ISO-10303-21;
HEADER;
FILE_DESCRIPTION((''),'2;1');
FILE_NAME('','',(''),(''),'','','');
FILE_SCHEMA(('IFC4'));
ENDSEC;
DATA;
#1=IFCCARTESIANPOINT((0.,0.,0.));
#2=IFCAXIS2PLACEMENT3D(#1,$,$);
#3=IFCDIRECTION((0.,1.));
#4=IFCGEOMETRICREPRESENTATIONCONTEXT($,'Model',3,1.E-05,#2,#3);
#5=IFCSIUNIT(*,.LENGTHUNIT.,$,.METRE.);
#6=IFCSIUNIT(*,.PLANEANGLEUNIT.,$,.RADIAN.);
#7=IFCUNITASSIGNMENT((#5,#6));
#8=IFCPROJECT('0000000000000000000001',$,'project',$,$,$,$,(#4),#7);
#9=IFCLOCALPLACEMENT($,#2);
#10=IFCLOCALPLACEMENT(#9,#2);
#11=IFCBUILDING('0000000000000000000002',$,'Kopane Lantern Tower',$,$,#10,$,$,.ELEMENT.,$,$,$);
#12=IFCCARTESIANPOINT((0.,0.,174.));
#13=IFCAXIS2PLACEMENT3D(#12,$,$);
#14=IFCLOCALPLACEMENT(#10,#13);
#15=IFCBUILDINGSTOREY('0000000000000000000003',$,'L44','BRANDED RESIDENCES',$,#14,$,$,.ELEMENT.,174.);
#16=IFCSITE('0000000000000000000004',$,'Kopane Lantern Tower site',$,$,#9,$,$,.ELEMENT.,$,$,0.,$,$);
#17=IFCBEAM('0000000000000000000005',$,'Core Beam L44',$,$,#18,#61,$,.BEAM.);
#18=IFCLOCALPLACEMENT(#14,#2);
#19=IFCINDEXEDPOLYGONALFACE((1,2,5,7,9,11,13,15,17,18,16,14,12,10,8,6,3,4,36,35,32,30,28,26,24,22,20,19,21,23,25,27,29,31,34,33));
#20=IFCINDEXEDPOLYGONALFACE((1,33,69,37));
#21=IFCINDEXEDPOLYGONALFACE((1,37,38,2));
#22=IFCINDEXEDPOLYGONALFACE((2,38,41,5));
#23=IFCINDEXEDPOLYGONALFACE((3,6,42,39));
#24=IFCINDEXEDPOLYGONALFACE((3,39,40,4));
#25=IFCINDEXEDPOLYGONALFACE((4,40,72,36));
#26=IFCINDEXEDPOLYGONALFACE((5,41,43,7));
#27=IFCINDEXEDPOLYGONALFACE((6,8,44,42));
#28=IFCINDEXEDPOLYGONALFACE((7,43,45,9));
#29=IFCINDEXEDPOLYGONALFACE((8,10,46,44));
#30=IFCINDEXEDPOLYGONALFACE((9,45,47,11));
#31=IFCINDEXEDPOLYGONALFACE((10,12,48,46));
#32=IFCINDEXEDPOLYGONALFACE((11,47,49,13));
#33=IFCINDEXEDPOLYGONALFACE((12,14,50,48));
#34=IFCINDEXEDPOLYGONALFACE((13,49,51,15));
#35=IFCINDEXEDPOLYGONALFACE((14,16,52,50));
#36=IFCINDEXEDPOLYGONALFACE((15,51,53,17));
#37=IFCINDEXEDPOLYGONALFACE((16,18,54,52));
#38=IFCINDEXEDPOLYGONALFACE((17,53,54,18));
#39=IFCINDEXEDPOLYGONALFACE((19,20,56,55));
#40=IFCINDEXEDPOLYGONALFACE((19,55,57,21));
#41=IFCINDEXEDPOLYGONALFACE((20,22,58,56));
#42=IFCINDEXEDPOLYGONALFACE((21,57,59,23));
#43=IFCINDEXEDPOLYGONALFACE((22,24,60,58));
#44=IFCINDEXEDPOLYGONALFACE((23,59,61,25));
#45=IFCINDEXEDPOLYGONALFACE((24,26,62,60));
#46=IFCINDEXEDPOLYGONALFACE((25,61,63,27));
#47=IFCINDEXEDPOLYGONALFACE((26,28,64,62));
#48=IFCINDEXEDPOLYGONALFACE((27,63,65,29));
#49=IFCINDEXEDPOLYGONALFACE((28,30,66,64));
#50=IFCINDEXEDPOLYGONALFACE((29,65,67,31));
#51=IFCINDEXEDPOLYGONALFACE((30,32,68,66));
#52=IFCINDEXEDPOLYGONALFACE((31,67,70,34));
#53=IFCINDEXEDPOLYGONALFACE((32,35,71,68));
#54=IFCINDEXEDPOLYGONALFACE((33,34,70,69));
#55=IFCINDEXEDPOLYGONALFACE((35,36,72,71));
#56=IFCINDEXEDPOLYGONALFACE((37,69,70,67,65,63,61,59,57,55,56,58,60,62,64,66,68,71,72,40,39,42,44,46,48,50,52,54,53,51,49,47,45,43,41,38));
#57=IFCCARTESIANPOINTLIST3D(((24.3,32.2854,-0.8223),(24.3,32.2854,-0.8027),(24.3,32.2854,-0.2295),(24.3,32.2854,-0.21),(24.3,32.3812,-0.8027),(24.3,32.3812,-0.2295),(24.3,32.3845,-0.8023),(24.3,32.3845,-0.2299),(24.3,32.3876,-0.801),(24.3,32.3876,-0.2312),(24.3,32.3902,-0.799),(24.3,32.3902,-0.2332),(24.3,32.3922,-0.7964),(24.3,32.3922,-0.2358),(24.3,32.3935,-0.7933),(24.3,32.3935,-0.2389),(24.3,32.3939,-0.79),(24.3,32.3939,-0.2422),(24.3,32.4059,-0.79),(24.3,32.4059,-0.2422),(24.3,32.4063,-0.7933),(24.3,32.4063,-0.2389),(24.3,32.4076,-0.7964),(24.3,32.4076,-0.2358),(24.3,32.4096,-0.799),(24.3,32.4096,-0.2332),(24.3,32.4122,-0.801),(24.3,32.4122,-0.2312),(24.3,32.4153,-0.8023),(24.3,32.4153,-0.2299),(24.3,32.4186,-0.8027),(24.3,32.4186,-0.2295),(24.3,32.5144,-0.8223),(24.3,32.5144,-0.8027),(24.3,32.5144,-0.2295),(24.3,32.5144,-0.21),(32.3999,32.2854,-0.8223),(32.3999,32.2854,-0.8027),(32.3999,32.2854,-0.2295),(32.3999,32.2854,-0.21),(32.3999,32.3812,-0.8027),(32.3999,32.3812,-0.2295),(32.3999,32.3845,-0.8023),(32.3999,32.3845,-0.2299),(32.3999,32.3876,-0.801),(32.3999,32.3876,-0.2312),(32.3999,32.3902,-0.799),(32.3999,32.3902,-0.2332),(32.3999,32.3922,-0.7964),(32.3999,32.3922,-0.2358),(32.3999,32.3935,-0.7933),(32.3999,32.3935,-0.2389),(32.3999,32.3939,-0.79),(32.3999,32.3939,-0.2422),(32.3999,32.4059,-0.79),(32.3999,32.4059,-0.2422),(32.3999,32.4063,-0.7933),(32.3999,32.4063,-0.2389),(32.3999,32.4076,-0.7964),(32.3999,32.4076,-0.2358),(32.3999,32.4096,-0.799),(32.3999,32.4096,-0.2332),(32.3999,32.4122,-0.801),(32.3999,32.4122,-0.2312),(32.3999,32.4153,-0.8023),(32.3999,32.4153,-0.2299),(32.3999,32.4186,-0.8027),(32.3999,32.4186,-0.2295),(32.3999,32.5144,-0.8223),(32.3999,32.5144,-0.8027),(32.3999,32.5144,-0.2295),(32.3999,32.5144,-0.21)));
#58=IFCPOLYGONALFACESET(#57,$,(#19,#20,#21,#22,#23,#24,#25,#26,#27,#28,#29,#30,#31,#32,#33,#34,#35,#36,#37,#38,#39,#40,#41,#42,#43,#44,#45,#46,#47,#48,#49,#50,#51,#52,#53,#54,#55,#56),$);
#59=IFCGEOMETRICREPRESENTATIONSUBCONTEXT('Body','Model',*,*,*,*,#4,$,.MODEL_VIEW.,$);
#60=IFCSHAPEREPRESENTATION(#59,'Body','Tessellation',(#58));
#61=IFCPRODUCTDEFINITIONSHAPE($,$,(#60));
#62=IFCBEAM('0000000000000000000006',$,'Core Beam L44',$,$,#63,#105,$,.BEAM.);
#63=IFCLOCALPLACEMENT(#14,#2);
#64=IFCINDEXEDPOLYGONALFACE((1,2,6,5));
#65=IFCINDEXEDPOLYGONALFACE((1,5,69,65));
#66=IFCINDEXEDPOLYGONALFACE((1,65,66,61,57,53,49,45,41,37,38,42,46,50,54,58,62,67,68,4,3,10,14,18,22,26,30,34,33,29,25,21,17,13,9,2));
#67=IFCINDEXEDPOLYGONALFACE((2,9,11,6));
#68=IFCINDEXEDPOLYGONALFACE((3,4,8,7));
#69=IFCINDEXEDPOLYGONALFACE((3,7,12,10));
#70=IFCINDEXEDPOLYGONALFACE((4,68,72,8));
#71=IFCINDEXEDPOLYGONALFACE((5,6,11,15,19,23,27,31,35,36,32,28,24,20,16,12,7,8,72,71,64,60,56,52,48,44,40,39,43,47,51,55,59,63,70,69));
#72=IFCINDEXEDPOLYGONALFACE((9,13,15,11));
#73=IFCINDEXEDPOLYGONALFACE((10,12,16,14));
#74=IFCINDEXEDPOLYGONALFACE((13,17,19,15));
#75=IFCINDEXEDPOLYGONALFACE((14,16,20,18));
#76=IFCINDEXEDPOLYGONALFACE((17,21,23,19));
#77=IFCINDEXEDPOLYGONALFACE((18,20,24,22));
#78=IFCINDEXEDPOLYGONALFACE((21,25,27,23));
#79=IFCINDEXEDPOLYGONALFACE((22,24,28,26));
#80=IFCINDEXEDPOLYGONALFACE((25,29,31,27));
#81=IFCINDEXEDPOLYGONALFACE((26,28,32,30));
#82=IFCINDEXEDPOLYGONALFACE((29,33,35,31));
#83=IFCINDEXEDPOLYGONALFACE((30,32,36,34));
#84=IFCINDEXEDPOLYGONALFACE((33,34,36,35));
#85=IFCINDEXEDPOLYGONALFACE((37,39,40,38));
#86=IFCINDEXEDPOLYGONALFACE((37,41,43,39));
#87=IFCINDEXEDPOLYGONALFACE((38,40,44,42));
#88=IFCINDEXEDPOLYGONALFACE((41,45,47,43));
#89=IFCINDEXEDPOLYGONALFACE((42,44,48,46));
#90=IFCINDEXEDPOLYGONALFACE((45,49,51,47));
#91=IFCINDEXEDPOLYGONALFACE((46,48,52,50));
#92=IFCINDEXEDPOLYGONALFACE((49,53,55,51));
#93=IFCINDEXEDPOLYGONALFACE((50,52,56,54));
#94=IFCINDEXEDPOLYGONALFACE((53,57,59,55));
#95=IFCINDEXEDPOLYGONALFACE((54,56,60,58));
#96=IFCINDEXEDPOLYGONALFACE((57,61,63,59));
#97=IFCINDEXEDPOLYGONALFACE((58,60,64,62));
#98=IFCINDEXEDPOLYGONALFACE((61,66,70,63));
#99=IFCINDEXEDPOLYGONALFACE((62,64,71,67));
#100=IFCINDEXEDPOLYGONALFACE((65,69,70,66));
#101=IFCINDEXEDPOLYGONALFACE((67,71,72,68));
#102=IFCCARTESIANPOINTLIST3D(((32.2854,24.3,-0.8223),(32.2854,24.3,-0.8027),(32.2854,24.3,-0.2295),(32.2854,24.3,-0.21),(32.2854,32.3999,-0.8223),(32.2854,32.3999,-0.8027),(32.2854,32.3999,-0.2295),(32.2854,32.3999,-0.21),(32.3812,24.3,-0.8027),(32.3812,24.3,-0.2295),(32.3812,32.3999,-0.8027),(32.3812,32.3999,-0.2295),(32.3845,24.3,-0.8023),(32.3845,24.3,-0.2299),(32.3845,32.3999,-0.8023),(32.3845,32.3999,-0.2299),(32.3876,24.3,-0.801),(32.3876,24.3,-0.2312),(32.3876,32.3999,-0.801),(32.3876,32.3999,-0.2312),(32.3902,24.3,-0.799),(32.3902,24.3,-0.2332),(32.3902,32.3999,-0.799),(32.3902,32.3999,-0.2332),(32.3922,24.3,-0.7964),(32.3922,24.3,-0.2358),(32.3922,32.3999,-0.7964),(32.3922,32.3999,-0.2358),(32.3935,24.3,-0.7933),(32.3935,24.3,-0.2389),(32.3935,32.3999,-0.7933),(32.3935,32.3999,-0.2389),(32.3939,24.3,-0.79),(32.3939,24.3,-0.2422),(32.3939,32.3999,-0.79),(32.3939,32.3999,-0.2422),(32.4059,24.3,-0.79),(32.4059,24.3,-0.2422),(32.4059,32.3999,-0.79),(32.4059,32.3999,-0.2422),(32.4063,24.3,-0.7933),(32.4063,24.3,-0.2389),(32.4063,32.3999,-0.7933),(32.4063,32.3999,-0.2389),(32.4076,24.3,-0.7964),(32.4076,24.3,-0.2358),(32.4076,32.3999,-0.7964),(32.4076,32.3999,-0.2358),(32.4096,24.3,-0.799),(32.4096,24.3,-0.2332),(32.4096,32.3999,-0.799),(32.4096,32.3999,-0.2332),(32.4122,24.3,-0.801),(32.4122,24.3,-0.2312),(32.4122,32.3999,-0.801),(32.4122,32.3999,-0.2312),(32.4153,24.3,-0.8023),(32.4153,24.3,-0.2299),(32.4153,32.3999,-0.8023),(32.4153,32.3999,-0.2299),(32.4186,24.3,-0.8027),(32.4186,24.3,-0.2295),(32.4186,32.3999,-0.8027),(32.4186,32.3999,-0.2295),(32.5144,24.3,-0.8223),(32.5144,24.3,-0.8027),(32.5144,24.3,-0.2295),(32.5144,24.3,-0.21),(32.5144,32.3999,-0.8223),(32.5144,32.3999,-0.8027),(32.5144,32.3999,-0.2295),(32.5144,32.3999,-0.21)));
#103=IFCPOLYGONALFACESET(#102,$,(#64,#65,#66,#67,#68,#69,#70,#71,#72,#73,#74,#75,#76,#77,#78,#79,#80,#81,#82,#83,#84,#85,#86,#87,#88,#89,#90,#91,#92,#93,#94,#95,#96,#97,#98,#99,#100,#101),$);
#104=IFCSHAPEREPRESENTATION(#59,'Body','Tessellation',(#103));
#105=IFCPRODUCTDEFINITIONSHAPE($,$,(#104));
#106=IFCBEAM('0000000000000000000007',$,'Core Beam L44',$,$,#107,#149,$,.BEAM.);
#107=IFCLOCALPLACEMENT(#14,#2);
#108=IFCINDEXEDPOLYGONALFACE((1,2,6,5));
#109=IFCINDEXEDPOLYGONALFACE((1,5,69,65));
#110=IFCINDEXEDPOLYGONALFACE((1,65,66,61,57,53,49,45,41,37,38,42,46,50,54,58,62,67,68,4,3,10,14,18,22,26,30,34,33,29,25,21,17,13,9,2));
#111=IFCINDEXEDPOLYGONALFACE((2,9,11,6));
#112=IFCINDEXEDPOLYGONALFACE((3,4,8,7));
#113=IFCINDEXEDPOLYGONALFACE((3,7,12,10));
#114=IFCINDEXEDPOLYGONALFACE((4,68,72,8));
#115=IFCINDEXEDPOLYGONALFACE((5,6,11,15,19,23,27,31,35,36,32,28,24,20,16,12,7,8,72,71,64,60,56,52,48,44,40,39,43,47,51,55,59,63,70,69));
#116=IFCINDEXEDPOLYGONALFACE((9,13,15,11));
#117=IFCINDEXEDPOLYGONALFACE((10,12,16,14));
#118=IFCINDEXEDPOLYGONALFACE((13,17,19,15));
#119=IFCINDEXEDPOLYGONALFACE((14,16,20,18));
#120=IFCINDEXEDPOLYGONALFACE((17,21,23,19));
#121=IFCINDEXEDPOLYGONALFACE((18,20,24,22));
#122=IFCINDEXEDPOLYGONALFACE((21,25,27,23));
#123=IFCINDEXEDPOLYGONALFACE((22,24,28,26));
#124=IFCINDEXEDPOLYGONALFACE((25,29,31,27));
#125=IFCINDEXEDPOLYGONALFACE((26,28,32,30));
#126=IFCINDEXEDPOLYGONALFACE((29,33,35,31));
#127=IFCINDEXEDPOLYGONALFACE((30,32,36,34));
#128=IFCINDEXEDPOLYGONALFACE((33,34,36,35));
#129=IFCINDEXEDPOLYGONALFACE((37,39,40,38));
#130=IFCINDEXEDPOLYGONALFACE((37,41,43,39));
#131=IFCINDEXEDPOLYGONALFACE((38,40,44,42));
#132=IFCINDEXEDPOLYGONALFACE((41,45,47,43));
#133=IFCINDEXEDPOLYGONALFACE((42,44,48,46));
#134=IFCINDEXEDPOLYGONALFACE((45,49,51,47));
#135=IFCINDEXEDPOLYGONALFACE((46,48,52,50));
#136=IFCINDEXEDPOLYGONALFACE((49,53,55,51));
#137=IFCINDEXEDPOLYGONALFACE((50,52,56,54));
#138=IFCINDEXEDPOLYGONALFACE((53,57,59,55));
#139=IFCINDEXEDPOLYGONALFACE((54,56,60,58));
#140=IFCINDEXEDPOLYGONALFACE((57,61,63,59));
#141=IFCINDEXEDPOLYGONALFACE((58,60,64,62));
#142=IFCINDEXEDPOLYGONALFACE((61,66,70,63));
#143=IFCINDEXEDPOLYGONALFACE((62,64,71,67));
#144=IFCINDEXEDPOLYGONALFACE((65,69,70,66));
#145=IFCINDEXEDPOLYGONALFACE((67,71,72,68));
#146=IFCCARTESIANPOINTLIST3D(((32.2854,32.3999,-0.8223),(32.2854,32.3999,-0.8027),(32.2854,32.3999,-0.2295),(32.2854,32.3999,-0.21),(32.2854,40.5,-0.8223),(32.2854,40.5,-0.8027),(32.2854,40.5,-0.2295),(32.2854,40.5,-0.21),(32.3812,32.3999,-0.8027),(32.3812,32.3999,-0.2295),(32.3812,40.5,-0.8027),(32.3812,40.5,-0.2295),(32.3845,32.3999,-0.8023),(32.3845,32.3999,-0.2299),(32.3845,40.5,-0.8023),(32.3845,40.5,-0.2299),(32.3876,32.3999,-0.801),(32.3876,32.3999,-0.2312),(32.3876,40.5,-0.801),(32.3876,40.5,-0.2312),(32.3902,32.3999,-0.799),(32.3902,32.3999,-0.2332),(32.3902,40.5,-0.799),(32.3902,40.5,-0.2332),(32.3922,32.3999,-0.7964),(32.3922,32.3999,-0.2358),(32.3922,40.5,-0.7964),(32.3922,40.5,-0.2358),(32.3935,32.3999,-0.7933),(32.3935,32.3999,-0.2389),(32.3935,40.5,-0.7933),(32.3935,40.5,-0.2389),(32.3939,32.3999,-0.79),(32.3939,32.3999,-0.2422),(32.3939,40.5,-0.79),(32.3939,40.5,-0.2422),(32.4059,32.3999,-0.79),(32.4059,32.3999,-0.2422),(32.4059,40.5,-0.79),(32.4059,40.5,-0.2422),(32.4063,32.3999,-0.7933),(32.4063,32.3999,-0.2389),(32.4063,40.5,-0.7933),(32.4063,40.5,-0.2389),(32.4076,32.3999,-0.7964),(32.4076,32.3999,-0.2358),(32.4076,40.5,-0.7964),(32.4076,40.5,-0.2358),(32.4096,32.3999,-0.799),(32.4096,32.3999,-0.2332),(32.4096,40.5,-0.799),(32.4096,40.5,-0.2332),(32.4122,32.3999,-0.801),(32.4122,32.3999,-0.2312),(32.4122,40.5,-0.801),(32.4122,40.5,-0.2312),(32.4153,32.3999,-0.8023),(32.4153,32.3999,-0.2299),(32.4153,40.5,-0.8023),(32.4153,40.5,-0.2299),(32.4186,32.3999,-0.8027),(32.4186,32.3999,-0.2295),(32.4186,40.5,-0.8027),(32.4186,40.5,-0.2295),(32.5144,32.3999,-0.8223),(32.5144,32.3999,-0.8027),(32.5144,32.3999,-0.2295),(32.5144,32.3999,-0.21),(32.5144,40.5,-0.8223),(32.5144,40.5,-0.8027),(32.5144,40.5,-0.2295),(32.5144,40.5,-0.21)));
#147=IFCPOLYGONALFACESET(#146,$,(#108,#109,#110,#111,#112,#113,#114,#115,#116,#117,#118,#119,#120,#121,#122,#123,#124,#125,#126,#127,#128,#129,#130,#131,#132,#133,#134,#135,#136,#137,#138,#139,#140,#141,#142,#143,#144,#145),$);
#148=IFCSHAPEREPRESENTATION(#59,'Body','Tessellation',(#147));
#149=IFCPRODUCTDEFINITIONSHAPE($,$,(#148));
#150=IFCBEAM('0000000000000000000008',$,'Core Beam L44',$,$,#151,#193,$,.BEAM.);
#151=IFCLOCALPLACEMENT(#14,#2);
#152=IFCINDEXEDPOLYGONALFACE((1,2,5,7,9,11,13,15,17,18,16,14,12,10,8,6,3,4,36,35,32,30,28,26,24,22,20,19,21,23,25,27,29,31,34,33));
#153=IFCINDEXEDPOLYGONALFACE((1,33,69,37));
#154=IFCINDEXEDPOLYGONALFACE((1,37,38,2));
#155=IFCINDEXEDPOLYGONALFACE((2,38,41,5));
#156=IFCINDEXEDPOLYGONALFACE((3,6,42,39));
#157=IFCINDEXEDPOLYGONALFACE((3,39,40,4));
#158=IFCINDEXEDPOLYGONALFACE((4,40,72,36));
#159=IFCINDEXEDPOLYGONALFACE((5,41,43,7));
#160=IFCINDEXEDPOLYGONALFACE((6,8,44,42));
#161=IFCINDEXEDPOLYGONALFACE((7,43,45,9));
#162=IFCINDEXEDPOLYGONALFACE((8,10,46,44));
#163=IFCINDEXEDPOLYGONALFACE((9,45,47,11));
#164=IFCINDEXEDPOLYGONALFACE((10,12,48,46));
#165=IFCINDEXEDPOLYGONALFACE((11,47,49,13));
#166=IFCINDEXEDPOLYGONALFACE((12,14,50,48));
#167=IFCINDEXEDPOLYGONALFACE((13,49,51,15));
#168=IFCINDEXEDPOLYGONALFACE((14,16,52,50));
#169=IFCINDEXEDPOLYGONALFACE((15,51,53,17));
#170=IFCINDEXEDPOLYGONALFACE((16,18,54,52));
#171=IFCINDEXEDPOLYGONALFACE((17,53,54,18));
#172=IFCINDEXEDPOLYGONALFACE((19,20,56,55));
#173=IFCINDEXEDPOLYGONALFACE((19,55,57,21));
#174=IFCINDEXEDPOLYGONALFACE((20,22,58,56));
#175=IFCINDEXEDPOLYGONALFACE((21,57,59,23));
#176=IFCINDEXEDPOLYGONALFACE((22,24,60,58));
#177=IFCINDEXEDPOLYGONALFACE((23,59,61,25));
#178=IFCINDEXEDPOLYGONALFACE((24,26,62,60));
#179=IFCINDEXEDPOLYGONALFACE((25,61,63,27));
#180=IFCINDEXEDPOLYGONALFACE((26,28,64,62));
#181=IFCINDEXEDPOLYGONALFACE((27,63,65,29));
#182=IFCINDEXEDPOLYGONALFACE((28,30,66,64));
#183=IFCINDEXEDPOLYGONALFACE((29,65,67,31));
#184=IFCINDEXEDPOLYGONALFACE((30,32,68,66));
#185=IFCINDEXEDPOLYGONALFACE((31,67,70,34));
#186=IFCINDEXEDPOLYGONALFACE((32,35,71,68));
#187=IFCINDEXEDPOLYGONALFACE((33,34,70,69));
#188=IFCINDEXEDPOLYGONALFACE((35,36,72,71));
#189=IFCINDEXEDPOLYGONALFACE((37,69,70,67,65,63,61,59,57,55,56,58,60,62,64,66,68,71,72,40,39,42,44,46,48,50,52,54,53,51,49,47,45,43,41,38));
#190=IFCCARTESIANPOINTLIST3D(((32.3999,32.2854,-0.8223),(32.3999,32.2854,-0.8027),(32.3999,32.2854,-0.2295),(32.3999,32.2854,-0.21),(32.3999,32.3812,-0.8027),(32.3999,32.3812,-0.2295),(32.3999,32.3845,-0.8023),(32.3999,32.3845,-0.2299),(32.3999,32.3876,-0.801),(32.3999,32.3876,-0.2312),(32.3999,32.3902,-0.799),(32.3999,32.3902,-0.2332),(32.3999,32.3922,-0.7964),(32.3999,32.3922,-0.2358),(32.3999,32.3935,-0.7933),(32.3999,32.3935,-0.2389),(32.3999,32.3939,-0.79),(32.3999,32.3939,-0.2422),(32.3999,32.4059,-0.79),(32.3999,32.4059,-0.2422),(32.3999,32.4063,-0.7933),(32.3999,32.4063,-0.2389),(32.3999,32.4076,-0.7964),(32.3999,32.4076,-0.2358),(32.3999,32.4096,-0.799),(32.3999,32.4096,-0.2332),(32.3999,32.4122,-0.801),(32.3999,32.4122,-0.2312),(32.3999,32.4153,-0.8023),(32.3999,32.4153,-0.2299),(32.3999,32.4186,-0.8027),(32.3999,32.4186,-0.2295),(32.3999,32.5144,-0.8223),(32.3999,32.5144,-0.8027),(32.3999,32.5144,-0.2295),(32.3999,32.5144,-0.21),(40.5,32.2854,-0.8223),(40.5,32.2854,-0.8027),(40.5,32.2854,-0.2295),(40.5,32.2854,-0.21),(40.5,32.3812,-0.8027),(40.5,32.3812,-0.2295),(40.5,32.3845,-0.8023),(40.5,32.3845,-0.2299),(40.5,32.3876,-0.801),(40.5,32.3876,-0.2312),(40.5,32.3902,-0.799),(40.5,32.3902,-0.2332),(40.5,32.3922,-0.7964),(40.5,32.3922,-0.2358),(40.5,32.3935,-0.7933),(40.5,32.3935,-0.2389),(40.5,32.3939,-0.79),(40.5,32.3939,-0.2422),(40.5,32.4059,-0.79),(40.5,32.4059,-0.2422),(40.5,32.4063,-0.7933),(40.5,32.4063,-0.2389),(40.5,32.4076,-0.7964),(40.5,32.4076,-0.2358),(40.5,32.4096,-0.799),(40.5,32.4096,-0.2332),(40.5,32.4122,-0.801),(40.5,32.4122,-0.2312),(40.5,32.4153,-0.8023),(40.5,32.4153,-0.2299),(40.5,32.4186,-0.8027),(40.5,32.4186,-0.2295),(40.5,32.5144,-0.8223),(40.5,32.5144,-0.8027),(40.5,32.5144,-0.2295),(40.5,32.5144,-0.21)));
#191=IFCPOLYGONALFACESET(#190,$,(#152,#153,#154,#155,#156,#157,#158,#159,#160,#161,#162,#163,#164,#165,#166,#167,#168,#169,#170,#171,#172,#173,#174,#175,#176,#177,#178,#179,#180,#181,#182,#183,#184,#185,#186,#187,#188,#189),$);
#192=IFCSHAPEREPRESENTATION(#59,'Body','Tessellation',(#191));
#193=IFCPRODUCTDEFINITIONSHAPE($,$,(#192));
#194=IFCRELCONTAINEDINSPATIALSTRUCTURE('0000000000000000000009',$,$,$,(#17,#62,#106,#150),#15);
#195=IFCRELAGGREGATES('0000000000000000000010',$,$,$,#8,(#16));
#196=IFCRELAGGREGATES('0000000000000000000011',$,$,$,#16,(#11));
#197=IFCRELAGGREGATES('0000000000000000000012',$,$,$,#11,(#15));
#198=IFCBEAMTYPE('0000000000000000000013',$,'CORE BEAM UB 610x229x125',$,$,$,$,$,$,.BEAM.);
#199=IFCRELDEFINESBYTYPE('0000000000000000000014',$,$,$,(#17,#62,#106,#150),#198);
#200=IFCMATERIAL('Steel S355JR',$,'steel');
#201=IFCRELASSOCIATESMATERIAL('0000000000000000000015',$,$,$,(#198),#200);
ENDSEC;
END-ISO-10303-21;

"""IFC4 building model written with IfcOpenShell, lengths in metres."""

from ifc_helpers import new_model, si_unit, direction, frame, origin, origin_2d, place, context, subcontext, project, spatial, i_section, extrude, material, material_profile, profile_set, type_object, element, save


model = new_model("IFC4")

# Units and contexts
model_context = context("Model", 3, precision=1e-05, world=origin(), true_north=direction((0.0, 1.0)))
body_context = subcontext(model_context, "Body", "Model", "MODEL_VIEW")
ifc_project = project(units=[si_unit("LENGTHUNIT", "METRE"), si_unit("PLANEANGLEUNIT", "RADIAN")], contexts=[model_context])

# Site, building, storey
site_placement = place(None, origin())
site = spatial("IfcSite", under=ifc_project, at=site_placement, Name="Kopane Lantern Tower site", CompositionType="ELEMENT", RefElevation=0.0)
building_placement = place(site_placement, origin())
building = spatial("IfcBuilding", under=site, at=building_placement, Name="Kopane Lantern Tower", CompositionType="ELEMENT")
storey_placement = place(building_placement, frame((0.0, 0.0, 174.0)))
storey = spatial("IfcBuildingStorey", under=building, at=storey_placement, Name="L44", Description="BRANDED RESIDENCES", CompositionType="ELEMENT", Elevation=174.0)

# Beams
ifc_material_1 = material(Name="Steel S355JR", Category="steel")
ifc_material_profile_1 = material_profile(ifc_material_1, i_section(OverallWidth=0.229, OverallDepth=0.6123, WebThickness=0.012, FlangeThickness=0.0195, FilletRadius=0.0127, at=origin_2d()), Name="UB 610x229x125")
ifc_profile_set_1 = profile_set([ifc_material_profile_1], Name="Steel S355JR")
beam_type_1 = type_object("IfcBeamType", Name="CORE BEAM UB 610x229x125", PredefinedType="BEAM", material=ifc_profile_set_1)
for number, where, z_axis, x_axis, name in (
    (1, (24.3, 32.3999, -0.5161), (1.0, 0.0, 0.0), (0.0, 1.0, 0.0), "Core Beam L44"),
    (2, (32.3999, 24.3, -0.5161), (0.0, 1.0, 0.0), (-1.0, 0.0, 0.0), "Core Beam L44"),
):
    element("IfcBeam", number, at=place(storey_placement, frame(where, z_axis=z_axis, x_axis=x_axis)), inside=storey, type_object=beam_type_1, Name=name, PredefinedType="BEAM", context=body_context, shape_type="SweptSolid", body=[
        extrude(i_section(OverallWidth=0.229, OverallDepth=0.6123, WebThickness=0.012, FlangeThickness=0.0195, FilletRadius=0.0127, at=origin_2d()), origin(), (0.0, 0.0, 1.0), 8.0999),
    ])
for number, where, z_axis, x_axis, name in (
    (3, (32.3999, 32.3999, -0.5161), (0.0, 1.0, 0.0), (-1.0, 0.0, 0.0), "Core Beam L44"),
    (4, (32.3999, 32.3999, -0.5161), (1.0, 0.0, 0.0), (0.0, 1.0, 0.0), "Core Beam L44"),
):
    element("IfcBeam", number, at=place(storey_placement, frame(where, z_axis=z_axis, x_axis=x_axis)), inside=storey, type_object=beam_type_1, Name=name, PredefinedType="BEAM", context=body_context, shape_type="SweptSolid", body=[
        extrude(i_section(OverallWidth=0.229, OverallDepth=0.6123, WebThickness=0.012, FlangeThickness=0.0195, FilletRadius=0.0127, at=origin_2d()), origin(), (0.0, 0.0, 1.0), 8.1001),
    ])

save(model, "model.ifc")
